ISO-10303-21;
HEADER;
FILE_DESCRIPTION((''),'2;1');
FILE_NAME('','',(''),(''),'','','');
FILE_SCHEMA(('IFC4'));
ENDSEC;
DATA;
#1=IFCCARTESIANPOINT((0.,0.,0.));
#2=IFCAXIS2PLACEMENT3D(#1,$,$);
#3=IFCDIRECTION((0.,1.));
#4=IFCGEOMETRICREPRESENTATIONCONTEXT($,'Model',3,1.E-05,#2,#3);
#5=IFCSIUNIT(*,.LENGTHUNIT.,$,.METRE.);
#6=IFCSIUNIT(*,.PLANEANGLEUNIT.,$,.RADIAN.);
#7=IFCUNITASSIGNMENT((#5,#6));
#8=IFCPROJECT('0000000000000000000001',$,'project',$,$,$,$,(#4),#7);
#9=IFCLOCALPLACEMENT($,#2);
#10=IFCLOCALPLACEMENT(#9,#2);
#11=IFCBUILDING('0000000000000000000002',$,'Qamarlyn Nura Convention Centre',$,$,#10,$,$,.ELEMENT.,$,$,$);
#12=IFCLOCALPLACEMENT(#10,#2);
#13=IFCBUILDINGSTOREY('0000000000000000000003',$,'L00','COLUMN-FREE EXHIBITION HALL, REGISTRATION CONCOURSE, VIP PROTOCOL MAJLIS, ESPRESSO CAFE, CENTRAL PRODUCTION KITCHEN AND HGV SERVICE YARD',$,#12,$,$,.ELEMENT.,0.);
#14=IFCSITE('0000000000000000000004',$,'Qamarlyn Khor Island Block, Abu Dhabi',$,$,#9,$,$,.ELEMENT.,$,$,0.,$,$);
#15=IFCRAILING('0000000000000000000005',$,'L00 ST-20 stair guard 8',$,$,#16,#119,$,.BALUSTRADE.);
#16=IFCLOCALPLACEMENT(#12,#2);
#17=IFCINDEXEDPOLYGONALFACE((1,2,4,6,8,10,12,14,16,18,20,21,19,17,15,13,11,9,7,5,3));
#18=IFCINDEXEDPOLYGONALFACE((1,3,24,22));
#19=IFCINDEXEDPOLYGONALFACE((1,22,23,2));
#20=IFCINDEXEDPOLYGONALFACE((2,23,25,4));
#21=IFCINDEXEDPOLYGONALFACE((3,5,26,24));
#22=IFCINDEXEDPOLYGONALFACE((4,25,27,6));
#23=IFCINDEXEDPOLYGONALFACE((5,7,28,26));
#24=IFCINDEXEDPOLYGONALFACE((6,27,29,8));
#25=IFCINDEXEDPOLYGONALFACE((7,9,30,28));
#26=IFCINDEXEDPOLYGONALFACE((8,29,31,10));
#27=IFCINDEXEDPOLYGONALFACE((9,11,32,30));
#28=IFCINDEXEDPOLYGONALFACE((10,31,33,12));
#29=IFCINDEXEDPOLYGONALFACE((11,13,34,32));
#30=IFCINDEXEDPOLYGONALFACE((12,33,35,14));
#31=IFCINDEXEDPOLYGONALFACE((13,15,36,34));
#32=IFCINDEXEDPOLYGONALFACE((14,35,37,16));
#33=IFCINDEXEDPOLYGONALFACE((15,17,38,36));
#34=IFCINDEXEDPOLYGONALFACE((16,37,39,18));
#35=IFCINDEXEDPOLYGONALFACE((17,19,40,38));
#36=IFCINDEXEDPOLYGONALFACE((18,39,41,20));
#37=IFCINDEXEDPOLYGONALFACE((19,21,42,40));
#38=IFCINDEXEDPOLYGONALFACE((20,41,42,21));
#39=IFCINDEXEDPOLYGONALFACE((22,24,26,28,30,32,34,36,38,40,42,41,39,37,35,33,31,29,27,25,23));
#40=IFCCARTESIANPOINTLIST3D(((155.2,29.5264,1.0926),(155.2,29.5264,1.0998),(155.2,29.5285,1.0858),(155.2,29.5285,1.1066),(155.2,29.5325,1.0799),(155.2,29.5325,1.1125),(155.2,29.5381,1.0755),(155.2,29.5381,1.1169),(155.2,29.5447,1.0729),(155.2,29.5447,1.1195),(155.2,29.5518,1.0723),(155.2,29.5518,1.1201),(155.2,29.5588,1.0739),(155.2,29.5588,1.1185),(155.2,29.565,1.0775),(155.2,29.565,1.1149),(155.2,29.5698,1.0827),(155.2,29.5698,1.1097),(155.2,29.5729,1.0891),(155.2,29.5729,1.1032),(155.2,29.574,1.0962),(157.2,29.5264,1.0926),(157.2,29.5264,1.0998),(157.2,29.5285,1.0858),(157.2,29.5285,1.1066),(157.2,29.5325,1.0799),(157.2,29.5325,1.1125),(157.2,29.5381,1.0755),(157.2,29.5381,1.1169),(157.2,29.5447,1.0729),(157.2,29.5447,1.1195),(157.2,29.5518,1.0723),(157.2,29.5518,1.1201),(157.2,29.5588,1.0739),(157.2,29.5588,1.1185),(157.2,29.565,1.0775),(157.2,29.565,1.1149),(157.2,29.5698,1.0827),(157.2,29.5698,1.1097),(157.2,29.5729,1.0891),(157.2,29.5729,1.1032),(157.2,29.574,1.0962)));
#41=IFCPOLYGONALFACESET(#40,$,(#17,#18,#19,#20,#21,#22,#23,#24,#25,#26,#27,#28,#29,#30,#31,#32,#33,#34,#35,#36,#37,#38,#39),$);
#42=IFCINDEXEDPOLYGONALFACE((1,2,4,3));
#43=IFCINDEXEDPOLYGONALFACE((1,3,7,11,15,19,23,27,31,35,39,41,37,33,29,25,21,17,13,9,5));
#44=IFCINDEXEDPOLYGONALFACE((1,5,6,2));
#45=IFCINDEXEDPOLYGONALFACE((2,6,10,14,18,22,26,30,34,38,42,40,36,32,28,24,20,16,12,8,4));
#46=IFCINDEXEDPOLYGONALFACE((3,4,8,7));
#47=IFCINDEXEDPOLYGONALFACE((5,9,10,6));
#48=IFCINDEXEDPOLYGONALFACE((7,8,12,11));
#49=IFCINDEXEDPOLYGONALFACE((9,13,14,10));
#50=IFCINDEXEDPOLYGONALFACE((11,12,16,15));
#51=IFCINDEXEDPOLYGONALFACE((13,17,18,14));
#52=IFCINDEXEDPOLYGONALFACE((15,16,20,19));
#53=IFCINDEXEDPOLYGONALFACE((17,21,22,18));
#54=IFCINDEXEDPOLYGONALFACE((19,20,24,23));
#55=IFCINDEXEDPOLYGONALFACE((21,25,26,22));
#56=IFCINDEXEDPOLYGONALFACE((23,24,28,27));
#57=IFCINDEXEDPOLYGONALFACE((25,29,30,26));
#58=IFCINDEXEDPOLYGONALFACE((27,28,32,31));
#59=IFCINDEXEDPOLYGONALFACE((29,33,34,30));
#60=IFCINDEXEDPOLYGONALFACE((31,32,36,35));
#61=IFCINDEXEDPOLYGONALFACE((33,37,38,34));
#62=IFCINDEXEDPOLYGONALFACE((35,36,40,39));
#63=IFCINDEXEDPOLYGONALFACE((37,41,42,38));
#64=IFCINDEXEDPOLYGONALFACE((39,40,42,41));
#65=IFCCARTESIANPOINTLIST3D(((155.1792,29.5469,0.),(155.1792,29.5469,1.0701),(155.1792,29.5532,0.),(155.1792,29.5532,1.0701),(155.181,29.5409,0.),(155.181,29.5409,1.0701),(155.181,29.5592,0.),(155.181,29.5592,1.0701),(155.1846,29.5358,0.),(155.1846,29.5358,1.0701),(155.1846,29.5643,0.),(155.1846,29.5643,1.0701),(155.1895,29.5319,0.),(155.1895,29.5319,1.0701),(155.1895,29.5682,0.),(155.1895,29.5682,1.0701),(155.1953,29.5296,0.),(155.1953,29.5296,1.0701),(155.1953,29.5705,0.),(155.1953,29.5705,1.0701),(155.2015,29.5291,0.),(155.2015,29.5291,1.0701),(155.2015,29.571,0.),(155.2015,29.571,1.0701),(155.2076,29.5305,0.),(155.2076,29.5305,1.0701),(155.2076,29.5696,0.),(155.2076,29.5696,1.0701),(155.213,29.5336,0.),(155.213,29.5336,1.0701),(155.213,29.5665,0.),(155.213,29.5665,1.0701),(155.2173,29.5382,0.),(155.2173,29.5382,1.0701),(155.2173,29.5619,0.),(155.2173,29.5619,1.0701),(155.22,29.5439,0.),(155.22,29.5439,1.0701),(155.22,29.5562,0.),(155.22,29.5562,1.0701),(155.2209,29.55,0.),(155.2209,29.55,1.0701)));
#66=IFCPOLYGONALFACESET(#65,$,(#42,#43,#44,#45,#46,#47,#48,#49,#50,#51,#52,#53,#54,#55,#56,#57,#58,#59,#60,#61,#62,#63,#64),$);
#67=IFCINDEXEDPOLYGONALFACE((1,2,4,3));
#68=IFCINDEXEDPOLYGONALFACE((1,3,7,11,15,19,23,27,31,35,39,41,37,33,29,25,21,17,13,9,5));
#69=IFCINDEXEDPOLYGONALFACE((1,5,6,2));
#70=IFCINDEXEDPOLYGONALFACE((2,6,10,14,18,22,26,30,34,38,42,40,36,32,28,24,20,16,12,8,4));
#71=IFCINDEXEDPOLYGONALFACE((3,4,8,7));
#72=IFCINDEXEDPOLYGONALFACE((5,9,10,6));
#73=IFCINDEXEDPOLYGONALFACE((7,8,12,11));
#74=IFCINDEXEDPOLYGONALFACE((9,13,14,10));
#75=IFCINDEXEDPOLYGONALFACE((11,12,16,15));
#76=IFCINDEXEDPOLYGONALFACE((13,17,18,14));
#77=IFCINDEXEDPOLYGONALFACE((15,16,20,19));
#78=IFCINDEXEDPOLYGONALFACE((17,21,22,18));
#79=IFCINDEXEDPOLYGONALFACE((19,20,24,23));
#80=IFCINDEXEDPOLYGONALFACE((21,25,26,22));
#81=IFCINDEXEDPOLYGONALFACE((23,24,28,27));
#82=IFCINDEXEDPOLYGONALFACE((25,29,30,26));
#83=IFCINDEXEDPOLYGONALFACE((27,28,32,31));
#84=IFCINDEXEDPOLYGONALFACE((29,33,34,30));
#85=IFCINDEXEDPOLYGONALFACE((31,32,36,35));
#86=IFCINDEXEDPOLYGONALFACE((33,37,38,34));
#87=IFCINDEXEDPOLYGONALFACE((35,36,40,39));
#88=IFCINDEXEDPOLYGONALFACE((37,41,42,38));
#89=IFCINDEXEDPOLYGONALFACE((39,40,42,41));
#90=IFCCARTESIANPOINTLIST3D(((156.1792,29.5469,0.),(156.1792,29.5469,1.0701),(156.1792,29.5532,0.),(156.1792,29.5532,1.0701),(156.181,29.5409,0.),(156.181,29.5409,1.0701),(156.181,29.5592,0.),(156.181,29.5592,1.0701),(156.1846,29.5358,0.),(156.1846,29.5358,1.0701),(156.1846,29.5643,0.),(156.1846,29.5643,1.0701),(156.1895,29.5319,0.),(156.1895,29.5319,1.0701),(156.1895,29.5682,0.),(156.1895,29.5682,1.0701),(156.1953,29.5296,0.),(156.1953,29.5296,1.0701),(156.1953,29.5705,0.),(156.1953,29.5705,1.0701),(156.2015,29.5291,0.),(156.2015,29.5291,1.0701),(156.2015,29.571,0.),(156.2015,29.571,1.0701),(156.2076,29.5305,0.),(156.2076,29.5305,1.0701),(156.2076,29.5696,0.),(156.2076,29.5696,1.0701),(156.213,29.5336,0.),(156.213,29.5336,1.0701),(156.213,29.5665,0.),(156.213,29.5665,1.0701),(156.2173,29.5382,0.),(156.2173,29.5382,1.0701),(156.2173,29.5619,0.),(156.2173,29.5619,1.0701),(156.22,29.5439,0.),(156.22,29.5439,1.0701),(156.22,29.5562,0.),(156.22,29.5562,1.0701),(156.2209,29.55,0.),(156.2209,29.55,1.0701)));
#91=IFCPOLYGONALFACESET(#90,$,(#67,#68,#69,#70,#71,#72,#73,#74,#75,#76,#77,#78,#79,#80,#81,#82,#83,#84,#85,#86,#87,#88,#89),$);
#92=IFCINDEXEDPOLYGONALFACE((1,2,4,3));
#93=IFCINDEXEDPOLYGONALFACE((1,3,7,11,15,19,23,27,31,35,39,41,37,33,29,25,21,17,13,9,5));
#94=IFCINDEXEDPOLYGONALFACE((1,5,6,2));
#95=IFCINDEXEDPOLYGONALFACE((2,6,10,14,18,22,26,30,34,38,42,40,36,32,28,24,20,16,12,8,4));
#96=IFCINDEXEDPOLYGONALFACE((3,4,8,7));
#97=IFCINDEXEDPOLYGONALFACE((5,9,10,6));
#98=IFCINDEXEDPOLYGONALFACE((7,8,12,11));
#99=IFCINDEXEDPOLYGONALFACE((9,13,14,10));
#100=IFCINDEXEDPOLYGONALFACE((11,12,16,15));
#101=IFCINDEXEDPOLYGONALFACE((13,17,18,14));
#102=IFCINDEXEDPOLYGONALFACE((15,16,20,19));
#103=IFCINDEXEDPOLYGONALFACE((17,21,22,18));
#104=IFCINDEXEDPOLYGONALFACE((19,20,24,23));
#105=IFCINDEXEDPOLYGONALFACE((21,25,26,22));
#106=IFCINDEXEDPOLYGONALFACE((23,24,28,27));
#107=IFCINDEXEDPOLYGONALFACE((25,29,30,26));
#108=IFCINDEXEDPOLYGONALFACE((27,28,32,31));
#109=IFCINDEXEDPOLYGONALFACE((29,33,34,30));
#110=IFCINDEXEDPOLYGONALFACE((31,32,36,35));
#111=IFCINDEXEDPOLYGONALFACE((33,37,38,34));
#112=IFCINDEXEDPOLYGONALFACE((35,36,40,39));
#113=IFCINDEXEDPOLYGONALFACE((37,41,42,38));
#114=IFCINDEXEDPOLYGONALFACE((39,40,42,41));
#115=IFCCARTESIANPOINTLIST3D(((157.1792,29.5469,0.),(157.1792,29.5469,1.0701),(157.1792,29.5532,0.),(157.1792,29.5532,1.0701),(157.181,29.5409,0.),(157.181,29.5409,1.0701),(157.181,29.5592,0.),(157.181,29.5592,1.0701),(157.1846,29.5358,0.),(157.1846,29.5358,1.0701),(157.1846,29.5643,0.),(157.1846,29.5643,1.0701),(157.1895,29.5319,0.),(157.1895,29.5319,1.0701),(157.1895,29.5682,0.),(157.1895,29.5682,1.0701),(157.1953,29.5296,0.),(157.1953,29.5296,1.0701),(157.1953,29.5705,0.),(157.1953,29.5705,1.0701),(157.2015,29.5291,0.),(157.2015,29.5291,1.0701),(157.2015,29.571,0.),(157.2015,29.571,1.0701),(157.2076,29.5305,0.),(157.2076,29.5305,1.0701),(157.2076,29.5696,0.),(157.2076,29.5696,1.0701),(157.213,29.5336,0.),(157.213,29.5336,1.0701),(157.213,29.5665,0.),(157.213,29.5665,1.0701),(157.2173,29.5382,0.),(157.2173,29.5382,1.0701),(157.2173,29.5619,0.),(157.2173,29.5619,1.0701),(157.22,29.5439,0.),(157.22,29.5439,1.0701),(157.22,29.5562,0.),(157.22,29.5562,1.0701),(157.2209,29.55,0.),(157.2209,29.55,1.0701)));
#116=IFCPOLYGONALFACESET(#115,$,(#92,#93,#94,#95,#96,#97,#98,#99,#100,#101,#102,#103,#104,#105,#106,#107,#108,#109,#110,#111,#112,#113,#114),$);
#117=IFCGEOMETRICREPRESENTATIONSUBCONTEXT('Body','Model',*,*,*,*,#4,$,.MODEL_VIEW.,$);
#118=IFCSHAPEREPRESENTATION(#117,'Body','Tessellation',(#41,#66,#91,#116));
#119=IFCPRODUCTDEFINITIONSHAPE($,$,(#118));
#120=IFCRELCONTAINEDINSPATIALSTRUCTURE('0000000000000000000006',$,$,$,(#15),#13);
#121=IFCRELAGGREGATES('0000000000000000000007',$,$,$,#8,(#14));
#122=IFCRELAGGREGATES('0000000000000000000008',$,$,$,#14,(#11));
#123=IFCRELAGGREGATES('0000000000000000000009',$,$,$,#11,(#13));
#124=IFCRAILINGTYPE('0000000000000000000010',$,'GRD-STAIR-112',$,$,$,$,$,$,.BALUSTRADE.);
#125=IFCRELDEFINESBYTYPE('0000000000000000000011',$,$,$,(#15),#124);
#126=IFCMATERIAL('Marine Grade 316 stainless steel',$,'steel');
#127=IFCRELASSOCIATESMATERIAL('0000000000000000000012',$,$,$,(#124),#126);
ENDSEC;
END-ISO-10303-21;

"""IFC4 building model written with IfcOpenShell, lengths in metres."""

from ifc_helpers import new_model, si_unit, direction, frame, origin, origin_2d, place, context, subcontext, project, spatial, circle, extrude, material, type_object, element, save


model = new_model("IFC4")

# Units and contexts
model_context = context("Model", 3, precision=1e-05, world=origin(), true_north=direction((0.0, 1.0)))
body_context = subcontext(model_context, "Body", "Model", "MODEL_VIEW")
ifc_project = project(units=[si_unit("LENGTHUNIT", "METRE"), si_unit("PLANEANGLEUNIT", "RADIAN")], contexts=[model_context])

# Site, building, storey
site_placement = place(None, origin())
site = spatial("IfcSite", under=ifc_project, at=site_placement, Name="Qamarlyn Khor Island Block, Abu Dhabi", CompositionType="ELEMENT", RefElevation=0.0)
building_placement = place(site_placement, origin())
building = spatial("IfcBuilding", under=site, at=building_placement, Name="Qamarlyn Nura Convention Centre", CompositionType="ELEMENT")
storey_placement = place(building_placement, origin())
storey = spatial("IfcBuildingStorey", under=building, at=storey_placement, Name="L00", Description="COLUMN-FREE EXHIBITION HALL, REGISTRATION CONCOURSE, VIP PROTOCOL MAJLIS, ESPRESSO CAFE, CENTRAL PRODUCTION KITCHEN AND HGV SERVICE YARD", CompositionType="ELEMENT", Elevation=0.0)

# Railing
ifc_material_1 = material(Name="Marine Grade 316 stainless steel", Category="steel")
railing_type_1 = type_object("IfcRailingType", Name="GRD-STAIR-112", PredefinedType="BALUSTRADE", material=ifc_material_1)
railing_1_placement = place(storey_placement, frame((155.2, 29.55, 0.0)))
element("IfcRailing", 1, at=railing_1_placement, inside=storey, type_object=railing_type_1, Name="L00 ST-20 stair guard 8", PredefinedType="BALUSTRADE", context=body_context, shape_type="SweptSolid", body=[
    extrude(circle(Radius=0.0239, at=origin_2d()), frame((0.0, 0.0, 1.0962), z_axis=(1.0, 0.0, 0.0), x_axis=(0.0, 1.0, 0.0)), (0.0, 0.0, 1.0), 2.0),
    extrude(circle(Radius=0.021, at=origin_2d()), origin(), (0.0, 0.0, 1.0), 1.0701),
    extrude(circle(Radius=0.021, at=origin_2d()), frame((1.0, 0.0, 0.0)), (0.0, 0.0, 1.0), 1.0701),
    extrude(circle(Radius=0.021, at=origin_2d()), frame((2.0, 0.0, 0.0)), (0.0, 0.0, 1.0), 1.0701),
])

save(model, "model.ifc")
